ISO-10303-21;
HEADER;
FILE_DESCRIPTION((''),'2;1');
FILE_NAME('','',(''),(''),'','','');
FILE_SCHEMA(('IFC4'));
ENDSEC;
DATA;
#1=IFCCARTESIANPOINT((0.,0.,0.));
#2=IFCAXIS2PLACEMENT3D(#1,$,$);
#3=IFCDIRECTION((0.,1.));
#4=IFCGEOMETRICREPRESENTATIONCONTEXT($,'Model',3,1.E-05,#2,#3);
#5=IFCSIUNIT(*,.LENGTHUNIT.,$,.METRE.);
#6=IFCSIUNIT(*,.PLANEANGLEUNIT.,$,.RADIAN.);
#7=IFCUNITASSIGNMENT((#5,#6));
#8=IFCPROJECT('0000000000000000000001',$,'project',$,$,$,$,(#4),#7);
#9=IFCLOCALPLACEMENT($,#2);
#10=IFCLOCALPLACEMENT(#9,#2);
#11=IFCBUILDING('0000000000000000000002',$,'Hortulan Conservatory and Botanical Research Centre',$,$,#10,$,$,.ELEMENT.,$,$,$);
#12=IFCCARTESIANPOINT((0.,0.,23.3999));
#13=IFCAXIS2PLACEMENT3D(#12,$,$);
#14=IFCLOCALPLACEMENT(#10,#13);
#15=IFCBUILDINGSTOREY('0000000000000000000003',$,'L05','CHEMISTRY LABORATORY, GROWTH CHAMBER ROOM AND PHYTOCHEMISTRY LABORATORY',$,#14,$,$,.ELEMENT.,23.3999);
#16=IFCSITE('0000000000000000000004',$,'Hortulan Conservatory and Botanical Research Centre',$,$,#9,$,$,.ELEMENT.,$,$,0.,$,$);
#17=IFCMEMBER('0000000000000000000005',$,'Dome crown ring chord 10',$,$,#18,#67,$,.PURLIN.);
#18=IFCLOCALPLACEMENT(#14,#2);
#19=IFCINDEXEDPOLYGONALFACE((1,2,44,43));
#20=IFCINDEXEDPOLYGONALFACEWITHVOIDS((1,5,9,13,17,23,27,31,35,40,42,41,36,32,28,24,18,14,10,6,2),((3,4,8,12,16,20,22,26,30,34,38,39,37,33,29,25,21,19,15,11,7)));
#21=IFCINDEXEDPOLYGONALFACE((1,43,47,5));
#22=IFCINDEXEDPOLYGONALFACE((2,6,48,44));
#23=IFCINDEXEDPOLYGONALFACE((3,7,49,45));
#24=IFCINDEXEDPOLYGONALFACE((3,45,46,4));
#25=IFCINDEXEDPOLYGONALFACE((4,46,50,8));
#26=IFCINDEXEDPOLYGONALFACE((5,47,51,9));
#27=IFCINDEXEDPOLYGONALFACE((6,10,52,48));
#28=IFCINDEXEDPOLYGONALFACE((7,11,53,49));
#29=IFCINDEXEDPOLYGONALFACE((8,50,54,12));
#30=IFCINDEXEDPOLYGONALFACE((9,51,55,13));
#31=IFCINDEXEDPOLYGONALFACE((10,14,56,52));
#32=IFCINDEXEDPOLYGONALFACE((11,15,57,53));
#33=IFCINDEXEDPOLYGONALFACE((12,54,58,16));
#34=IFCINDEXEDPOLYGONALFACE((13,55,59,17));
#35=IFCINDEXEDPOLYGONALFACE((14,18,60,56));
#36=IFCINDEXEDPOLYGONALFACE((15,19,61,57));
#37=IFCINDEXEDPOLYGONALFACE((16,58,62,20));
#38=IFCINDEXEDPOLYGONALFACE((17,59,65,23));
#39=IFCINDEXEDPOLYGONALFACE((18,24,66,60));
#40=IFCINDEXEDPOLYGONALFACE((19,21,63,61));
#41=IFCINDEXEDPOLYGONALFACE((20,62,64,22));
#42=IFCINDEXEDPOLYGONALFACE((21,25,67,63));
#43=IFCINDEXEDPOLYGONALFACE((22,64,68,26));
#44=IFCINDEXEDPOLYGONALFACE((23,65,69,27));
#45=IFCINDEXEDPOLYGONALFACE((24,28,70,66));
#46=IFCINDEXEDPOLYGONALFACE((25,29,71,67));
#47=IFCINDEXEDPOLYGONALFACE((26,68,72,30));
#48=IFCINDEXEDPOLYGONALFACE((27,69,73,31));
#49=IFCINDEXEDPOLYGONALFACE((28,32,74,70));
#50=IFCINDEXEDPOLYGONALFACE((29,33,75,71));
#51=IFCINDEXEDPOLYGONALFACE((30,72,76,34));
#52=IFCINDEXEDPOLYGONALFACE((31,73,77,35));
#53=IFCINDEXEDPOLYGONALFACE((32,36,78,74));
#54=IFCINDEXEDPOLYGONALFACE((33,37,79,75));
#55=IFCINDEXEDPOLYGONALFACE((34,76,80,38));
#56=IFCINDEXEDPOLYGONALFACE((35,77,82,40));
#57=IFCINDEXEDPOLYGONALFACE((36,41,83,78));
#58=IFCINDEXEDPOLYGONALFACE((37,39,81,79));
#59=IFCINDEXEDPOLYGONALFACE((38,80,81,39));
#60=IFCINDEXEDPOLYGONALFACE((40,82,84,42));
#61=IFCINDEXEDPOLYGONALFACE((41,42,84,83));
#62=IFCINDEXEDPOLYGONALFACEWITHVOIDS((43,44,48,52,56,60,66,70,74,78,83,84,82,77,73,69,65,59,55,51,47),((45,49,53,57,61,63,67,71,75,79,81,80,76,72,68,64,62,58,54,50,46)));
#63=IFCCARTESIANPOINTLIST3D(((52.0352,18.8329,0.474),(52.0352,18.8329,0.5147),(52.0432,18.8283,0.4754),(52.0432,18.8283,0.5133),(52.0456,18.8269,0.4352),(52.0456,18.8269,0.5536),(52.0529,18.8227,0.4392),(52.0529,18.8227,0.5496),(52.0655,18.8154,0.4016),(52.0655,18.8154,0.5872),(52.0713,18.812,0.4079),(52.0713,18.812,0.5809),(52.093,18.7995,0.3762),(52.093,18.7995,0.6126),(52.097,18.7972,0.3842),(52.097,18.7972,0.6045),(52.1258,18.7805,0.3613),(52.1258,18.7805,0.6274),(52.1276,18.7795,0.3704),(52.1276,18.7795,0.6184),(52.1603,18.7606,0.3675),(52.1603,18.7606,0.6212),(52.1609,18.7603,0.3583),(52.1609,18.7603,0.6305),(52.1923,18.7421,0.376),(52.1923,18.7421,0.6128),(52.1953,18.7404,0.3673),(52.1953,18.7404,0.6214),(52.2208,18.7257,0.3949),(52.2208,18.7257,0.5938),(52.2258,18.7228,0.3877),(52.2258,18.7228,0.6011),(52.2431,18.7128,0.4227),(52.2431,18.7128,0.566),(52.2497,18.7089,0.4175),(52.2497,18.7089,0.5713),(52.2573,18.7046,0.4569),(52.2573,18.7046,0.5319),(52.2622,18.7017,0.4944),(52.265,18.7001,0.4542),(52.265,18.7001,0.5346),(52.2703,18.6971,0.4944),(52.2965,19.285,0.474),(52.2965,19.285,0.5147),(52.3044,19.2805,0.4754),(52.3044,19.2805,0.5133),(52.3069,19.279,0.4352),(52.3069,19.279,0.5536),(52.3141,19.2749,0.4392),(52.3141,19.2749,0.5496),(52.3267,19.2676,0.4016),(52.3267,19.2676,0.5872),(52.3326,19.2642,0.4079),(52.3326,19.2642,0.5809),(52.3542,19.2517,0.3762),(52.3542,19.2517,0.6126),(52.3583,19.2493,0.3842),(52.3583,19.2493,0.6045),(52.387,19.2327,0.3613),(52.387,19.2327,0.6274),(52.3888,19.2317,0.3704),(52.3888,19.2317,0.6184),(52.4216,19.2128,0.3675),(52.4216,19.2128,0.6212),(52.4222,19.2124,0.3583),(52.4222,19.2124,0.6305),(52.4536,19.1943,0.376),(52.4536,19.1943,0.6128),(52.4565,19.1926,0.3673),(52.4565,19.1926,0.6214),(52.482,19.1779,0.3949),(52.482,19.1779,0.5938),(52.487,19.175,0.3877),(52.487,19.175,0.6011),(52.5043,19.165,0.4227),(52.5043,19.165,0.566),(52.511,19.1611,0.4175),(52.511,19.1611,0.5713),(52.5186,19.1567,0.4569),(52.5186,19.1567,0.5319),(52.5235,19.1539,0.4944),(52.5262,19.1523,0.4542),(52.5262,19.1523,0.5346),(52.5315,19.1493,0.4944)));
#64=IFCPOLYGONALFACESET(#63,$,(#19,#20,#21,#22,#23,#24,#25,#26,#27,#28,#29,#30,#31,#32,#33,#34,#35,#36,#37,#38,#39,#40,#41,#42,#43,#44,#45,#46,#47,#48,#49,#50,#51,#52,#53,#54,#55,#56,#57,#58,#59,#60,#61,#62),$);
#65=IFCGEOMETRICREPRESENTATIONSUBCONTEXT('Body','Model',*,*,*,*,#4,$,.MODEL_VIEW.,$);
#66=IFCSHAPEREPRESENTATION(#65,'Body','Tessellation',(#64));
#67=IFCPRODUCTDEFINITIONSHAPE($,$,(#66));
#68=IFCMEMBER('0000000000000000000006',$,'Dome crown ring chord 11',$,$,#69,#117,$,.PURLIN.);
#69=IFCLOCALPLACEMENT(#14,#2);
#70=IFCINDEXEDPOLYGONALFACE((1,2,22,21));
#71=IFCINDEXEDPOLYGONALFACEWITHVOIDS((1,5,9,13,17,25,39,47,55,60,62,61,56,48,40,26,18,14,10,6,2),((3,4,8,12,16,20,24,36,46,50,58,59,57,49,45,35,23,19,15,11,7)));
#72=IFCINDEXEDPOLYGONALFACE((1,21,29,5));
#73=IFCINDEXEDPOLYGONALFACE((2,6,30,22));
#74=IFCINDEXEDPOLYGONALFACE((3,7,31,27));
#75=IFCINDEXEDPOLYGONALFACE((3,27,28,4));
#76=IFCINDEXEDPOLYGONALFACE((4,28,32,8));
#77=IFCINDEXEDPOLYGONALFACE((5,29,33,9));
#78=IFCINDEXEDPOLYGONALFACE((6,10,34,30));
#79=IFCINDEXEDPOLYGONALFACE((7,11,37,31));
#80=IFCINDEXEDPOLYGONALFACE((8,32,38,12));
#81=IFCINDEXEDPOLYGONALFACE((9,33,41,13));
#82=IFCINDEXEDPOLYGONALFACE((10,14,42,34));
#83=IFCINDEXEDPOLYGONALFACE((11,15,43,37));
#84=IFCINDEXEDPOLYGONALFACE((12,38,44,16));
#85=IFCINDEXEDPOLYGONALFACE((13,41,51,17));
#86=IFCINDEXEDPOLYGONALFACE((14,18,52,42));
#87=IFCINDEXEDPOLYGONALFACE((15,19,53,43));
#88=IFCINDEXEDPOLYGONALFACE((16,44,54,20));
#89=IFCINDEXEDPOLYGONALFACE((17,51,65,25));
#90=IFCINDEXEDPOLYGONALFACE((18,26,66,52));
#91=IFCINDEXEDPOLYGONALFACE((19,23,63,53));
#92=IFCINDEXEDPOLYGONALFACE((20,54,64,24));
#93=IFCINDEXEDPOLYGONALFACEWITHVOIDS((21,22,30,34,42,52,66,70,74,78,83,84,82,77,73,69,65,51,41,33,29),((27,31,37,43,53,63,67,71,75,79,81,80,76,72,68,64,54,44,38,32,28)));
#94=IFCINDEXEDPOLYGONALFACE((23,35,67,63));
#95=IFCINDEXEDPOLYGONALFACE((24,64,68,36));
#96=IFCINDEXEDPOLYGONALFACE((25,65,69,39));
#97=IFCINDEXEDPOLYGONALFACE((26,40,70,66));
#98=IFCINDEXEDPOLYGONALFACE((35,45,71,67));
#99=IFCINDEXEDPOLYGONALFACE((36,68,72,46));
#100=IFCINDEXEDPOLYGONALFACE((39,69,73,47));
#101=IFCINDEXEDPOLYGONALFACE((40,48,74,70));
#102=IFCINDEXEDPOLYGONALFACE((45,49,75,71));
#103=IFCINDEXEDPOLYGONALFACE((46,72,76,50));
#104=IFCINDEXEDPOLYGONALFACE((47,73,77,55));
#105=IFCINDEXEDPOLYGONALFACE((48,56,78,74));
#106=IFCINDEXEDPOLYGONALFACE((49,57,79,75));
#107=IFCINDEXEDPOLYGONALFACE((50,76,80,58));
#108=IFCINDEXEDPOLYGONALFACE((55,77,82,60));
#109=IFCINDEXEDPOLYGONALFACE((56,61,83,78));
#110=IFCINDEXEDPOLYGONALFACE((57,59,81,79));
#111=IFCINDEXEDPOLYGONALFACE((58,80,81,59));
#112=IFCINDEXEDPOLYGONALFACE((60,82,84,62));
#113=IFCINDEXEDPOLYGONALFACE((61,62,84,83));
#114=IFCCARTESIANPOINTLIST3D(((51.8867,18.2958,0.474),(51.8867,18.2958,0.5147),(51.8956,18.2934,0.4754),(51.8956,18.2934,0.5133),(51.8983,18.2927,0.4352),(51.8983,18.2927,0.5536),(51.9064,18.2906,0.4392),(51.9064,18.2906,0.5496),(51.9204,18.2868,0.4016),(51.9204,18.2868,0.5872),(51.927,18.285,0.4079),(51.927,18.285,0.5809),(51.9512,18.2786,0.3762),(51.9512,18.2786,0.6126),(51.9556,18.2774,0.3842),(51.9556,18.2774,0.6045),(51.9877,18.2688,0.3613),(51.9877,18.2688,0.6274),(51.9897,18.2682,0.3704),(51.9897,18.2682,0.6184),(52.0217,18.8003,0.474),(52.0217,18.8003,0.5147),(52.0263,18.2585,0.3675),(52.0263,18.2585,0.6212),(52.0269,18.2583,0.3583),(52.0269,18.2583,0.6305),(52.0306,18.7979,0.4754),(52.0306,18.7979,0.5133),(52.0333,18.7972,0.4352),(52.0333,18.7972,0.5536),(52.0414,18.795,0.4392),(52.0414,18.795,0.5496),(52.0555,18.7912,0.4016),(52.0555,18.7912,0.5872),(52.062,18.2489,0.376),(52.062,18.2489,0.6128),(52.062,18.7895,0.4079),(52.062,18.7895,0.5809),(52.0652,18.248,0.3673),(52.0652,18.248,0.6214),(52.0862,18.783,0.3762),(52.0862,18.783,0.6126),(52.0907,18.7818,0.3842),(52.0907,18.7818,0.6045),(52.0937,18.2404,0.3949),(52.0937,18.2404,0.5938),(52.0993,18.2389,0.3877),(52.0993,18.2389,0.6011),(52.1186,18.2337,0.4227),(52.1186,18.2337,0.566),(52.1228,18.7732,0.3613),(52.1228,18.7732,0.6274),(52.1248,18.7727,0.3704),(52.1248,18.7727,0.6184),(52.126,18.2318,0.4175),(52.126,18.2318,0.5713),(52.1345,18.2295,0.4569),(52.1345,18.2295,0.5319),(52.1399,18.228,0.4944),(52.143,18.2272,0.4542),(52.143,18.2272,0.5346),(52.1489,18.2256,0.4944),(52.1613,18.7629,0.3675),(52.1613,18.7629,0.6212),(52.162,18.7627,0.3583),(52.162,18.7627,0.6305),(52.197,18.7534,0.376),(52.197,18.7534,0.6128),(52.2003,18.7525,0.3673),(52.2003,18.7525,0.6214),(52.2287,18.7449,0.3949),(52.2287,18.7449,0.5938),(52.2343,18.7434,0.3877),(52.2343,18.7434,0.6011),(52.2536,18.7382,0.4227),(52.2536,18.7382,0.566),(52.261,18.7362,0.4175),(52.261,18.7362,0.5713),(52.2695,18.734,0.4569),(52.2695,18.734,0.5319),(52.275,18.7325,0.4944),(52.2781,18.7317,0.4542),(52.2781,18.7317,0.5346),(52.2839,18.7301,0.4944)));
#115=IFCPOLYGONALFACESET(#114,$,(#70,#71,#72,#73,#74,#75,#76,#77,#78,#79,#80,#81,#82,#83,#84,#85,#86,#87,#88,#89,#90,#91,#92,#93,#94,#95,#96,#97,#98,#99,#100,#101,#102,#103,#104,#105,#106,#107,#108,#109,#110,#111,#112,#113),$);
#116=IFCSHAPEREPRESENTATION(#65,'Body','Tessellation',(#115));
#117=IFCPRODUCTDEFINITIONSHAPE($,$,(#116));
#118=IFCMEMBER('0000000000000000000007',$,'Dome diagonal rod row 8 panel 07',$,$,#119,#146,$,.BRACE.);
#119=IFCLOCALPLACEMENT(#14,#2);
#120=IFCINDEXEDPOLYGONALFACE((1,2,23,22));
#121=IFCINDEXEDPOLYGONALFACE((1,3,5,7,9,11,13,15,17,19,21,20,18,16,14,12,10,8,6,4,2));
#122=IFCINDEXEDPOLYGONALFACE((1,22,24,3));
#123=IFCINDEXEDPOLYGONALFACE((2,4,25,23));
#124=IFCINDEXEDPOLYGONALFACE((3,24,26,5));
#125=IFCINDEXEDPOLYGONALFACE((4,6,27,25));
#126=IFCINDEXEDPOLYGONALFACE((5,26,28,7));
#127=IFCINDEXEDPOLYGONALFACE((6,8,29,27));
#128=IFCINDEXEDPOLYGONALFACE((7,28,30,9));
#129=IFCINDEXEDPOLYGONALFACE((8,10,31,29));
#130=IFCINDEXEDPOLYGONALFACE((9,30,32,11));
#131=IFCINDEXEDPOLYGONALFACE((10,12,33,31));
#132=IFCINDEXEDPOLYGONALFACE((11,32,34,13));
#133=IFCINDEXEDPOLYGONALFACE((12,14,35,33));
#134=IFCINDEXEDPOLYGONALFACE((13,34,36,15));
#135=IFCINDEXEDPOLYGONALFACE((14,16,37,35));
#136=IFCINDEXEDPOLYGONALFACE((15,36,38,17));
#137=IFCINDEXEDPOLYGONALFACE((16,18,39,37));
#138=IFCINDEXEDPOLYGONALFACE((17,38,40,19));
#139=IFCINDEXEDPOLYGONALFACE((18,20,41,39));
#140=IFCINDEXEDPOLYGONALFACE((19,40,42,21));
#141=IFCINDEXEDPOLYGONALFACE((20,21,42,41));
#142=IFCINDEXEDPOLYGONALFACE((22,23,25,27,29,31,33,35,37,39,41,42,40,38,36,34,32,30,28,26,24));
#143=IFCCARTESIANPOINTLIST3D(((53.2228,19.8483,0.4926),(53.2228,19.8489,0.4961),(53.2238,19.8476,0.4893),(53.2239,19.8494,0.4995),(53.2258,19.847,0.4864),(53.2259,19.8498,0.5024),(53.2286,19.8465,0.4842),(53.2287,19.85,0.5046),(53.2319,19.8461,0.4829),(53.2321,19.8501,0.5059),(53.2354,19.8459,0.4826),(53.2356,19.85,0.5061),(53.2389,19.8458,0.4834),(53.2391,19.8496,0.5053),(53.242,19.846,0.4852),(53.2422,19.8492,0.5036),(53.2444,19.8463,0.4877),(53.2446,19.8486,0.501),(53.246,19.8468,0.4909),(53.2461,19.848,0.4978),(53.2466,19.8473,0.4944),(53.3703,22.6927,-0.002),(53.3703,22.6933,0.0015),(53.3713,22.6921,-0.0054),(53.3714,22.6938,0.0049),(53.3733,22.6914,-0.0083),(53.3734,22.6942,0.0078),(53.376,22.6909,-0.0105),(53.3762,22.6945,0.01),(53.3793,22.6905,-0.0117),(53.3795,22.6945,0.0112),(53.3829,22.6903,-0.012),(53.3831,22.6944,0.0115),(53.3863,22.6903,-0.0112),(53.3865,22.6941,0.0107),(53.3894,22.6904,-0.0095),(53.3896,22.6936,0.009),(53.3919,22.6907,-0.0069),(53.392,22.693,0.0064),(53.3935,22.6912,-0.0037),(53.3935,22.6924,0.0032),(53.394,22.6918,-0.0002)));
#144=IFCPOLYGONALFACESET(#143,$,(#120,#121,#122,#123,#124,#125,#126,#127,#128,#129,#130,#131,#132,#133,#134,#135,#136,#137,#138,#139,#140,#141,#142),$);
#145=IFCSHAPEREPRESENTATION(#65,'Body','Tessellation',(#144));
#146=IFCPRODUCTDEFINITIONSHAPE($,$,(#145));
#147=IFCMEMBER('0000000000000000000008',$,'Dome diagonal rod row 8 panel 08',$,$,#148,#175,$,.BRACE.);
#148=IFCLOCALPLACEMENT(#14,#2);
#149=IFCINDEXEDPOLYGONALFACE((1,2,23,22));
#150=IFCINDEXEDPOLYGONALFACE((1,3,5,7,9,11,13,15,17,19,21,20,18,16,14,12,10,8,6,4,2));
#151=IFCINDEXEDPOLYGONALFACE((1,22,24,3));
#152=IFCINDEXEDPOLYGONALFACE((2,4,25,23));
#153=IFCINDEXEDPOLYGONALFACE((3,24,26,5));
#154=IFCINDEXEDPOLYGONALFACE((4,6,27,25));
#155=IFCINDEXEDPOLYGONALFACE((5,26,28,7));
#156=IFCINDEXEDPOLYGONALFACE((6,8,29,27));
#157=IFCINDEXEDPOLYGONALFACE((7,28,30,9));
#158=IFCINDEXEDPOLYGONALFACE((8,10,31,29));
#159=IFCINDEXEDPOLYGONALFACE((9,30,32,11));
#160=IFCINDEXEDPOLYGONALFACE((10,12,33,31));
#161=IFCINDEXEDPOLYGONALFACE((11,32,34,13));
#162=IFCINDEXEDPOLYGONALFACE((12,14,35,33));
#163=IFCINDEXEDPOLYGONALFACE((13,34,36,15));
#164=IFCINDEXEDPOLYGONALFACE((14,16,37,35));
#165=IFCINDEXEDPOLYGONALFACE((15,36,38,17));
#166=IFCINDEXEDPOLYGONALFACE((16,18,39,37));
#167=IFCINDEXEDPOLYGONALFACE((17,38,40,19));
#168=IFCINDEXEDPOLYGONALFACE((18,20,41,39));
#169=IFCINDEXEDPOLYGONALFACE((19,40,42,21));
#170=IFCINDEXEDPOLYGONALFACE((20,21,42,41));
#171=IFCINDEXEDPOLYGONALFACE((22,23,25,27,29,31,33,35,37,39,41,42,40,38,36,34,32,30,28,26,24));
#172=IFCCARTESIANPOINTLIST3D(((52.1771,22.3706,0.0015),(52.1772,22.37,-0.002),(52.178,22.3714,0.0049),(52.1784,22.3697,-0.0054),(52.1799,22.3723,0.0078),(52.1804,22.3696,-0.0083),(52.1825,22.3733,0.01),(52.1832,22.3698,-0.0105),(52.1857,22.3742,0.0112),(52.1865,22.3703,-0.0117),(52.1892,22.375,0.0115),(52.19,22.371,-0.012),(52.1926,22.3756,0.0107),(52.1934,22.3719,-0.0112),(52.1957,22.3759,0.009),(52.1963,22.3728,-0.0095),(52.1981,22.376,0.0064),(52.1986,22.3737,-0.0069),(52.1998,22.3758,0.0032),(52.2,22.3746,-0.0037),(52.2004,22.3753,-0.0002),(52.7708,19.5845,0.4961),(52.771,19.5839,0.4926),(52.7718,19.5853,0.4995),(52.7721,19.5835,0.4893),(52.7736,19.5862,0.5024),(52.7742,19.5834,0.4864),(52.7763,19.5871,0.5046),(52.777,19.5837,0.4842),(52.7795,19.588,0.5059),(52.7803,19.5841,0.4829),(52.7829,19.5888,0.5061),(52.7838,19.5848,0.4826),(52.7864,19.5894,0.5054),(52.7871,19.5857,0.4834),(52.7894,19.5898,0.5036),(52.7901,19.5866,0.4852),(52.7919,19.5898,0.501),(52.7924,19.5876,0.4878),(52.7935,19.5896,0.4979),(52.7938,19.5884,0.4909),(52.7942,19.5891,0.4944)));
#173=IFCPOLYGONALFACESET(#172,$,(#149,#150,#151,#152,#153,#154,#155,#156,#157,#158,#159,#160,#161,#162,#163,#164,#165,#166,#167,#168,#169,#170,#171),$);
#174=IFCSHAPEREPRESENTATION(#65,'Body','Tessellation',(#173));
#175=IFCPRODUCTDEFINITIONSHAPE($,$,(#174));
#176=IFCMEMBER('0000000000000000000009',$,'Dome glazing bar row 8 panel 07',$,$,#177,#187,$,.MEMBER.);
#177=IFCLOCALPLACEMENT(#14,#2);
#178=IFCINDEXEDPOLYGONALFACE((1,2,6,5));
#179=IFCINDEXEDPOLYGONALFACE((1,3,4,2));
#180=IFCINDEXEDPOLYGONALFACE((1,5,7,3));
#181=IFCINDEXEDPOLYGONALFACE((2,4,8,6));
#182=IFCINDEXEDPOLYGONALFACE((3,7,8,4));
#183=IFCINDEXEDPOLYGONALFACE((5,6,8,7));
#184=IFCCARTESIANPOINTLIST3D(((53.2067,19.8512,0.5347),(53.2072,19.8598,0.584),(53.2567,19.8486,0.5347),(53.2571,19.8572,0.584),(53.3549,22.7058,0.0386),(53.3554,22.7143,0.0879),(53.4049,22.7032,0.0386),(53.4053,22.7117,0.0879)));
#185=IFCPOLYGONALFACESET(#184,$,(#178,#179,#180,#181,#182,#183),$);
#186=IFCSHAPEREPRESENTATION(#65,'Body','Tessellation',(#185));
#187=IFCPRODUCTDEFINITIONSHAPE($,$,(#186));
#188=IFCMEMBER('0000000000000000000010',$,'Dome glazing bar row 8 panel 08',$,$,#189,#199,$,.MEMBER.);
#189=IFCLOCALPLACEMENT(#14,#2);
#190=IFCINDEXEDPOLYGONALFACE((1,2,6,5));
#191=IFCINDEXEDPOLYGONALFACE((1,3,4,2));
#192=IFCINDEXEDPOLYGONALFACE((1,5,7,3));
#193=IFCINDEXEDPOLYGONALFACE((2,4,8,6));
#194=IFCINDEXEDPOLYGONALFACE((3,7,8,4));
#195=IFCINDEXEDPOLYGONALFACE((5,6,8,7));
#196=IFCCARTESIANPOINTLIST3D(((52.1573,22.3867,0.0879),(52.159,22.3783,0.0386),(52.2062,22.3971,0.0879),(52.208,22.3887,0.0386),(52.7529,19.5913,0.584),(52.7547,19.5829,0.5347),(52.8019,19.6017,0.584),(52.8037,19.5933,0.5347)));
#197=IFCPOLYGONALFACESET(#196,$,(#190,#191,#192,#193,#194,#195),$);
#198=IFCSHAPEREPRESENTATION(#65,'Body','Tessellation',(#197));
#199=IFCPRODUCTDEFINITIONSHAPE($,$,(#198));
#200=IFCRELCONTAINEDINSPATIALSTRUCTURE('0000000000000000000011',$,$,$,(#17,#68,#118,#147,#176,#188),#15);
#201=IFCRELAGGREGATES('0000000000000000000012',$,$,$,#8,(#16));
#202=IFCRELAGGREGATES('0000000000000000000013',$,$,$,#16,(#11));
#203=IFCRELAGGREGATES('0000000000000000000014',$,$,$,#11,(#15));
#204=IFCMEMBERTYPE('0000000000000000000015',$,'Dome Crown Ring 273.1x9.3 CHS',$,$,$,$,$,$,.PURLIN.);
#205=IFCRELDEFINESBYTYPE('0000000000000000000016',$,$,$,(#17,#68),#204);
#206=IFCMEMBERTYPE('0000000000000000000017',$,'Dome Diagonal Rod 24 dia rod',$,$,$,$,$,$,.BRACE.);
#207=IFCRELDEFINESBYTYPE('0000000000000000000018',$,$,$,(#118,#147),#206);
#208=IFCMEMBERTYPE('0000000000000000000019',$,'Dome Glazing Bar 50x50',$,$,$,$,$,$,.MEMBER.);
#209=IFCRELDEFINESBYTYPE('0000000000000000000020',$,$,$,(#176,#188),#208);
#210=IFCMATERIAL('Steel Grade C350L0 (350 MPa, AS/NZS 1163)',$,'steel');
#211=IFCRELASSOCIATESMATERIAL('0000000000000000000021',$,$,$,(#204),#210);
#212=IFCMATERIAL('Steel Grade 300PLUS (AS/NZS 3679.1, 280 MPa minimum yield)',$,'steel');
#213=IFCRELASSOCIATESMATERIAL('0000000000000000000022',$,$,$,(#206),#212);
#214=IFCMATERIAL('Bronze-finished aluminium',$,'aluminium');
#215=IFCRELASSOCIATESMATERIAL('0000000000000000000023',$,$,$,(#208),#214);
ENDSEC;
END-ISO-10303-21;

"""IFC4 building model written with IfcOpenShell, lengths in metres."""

from ifc_helpers import new_model, si_unit, direction, frame, origin, origin_2d, place, context, subcontext, project, spatial, rectangle, circle, hollow_circle, extrude, material, material_profile, profile_set, type_object, element, save


model = new_model("IFC4")

# Units and contexts
model_context = context("Model", 3, precision=1e-05, world=origin(), true_north=direction((0.0, 1.0)))
body_context = subcontext(model_context, "Body", "Model", "MODEL_VIEW")
ifc_project = project(units=[si_unit("LENGTHUNIT", "METRE"), si_unit("PLANEANGLEUNIT", "RADIAN")], contexts=[model_context])

# Site, building, storey
site_placement = place(None, origin())
site = spatial("IfcSite", under=ifc_project, at=site_placement, Name="Hortulan Conservatory and Botanical Research Centre", CompositionType="ELEMENT", RefElevation=0.0)
building_placement = place(site_placement, origin())
building = spatial("IfcBuilding", under=site, at=building_placement, Name="Hortulan Conservatory and Botanical Research Centre", CompositionType="ELEMENT")
storey_placement = place(building_placement, frame((0.0, 0.0, 23.3999)))
storey = spatial("IfcBuildingStorey", under=building, at=storey_placement, Name="L05", Description="CHEMISTRY LABORATORY, GROWTH CHAMBER ROOM AND PHYTOCHEMISTRY LABORATORY", CompositionType="ELEMENT", Elevation=23.3999)

# Members
ifc_material_1 = material(Name="Steel Grade C350L0 (350 MPa, AS/NZS 1163)", Category="steel")
ifc_material_profile_1 = material_profile(ifc_material_1, hollow_circle(Radius=0.1365, WallThickness=0.0093, at=origin_2d()), Name="273.1x9.3CHS")
ifc_profile_set_1 = profile_set([ifc_material_profile_1], Name="Steel Grade C350L0 (350 MPa, AS/NZS 1163)")
member_type_1 = type_object("IfcMemberType", Name="Dome Crown Ring 273.1x9.3 CHS", PredefinedType="PURLIN", material=ifc_profile_set_1)
for number, where, z_axis, x_axis, name in (
    (1, (52.4133, 19.2175, 0.4944), (-0.500262, -0.865874, 0.0), (0.865874, -0.500262, 0.0), "Dome crown ring chord 10"),
    (2, (52.1521, 18.7654, 0.4944), (-0.258565, -0.965994, 0.0), (0.965994, -0.258565, 0.0), "Dome crown ring chord 11"),
):
    element("IfcMember", number, at=place(storey_placement, frame(where, z_axis=z_axis, x_axis=x_axis)), inside=storey, type_object=member_type_1, Name=name, PredefinedType="PURLIN", context=body_context, shape_type="SweptSolid", body=[
        extrude(hollow_circle(Radius=0.1365, WallThickness=0.0093, at=origin_2d()), origin(), (0.0, 0.0, 1.0), 0.5222),
    ])
ifc_material_2 = material(Name="Steel Grade 300PLUS (AS/NZS 3679.1, 280 MPa minimum yield)", Category="steel")
ifc_material_profile_2 = material_profile(ifc_material_2, circle(Radius=0.012, at=origin_2d()), Name="24 dia rod")
ifc_profile_set_2 = profile_set([ifc_material_profile_2], Name="Steel Grade 300PLUS (AS/NZS 3679.1, 280 MPa minimum yield)")
member_type_2 = type_object("IfcMemberType", Name="Dome Diagonal Rod 24 dia rod", PredefinedType="BRACE", material=ifc_profile_set_2)
member_1_placement = place(storey_placement, frame((53.3821, 22.6924, -0.0002), z_axis=(-0.051008, -0.983933, 0.171097), x_axis=(0.998659, -0.051772, 0.0)))
element("IfcMember", 3, at=member_1_placement, inside=storey, type_object=member_type_2, Name="Dome diagonal rod row 8 panel 07", PredefinedType="BRACE", context=body_context, shape_type="SweptSolid", body=[
    extrude(circle(Radius=0.012, at=origin_2d()), origin(), (0.0, 0.0, 1.0), 2.8909),
])
member_2_placement = place(storey_placement, frame((52.1887, 22.3728, -0.0002), z_axis=(0.205356, -0.96362, 0.171074), x_axis=(0.978038, 0.208429, 0.0)))
element("IfcMember", 4, at=member_2_placement, inside=storey, type_object=member_type_2, Name="Dome diagonal rod row 8 panel 08", PredefinedType="BRACE", context=body_context, shape_type="SweptSolid", body=[
    extrude(circle(Radius=0.012, at=origin_2d()), origin(), (0.0, 0.0, 1.0), 2.8914),
])
ifc_material_3 = material(Name="Bronze-finished aluminium", Category="aluminium")
ifc_material_profile_3 = material_profile(ifc_material_3, rectangle(XDim=0.05, YDim=0.05, at=origin_2d()), Name="Square bar 50x50")
ifc_profile_set_3 = profile_set([ifc_material_profile_3], Name="Bronze-finished aluminium")
member_type_3 = type_object("IfcMemberType", Name="Dome Glazing Bar 50x50", PredefinedType="MEMBER", material=ifc_profile_set_3)
member_3_placement = place(storey_placement, frame((53.3801, 22.7087, 0.0632), z_axis=(-0.051082, -0.983945, 0.171004), x_axis=(0.998655, -0.051846, 0.0)))
element("IfcMember", 5, at=member_3_placement, inside=storey, type_object=member_type_3, Name="Dome glazing bar row 8 panel 07", PredefinedType="MEMBER", context=body_context, shape_type="SweptSolid", body=[
    extrude(rectangle(XDim=0.05, YDim=0.05, at=origin_2d()), origin(), (0.0, 0.0, 1.0), 2.9011),
])
member_4_placement = place(storey_placement, frame((52.1826, 22.3877, 0.0632), z_axis=(0.20535, -0.963632, 0.171013), x_axis=(0.978039, 0.208421, 0.0)))
element("IfcMember", 6, at=member_4_placement, inside=storey, type_object=member_type_3, Name="Dome glazing bar row 8 panel 08", PredefinedType="MEMBER", context=body_context, shape_type="SweptSolid", body=[
    extrude(rectangle(XDim=0.05, YDim=0.05, at=origin_2d()), origin(), (0.0, 0.0, 1.0), 2.9009),
])

save(model, "model.ifc")
